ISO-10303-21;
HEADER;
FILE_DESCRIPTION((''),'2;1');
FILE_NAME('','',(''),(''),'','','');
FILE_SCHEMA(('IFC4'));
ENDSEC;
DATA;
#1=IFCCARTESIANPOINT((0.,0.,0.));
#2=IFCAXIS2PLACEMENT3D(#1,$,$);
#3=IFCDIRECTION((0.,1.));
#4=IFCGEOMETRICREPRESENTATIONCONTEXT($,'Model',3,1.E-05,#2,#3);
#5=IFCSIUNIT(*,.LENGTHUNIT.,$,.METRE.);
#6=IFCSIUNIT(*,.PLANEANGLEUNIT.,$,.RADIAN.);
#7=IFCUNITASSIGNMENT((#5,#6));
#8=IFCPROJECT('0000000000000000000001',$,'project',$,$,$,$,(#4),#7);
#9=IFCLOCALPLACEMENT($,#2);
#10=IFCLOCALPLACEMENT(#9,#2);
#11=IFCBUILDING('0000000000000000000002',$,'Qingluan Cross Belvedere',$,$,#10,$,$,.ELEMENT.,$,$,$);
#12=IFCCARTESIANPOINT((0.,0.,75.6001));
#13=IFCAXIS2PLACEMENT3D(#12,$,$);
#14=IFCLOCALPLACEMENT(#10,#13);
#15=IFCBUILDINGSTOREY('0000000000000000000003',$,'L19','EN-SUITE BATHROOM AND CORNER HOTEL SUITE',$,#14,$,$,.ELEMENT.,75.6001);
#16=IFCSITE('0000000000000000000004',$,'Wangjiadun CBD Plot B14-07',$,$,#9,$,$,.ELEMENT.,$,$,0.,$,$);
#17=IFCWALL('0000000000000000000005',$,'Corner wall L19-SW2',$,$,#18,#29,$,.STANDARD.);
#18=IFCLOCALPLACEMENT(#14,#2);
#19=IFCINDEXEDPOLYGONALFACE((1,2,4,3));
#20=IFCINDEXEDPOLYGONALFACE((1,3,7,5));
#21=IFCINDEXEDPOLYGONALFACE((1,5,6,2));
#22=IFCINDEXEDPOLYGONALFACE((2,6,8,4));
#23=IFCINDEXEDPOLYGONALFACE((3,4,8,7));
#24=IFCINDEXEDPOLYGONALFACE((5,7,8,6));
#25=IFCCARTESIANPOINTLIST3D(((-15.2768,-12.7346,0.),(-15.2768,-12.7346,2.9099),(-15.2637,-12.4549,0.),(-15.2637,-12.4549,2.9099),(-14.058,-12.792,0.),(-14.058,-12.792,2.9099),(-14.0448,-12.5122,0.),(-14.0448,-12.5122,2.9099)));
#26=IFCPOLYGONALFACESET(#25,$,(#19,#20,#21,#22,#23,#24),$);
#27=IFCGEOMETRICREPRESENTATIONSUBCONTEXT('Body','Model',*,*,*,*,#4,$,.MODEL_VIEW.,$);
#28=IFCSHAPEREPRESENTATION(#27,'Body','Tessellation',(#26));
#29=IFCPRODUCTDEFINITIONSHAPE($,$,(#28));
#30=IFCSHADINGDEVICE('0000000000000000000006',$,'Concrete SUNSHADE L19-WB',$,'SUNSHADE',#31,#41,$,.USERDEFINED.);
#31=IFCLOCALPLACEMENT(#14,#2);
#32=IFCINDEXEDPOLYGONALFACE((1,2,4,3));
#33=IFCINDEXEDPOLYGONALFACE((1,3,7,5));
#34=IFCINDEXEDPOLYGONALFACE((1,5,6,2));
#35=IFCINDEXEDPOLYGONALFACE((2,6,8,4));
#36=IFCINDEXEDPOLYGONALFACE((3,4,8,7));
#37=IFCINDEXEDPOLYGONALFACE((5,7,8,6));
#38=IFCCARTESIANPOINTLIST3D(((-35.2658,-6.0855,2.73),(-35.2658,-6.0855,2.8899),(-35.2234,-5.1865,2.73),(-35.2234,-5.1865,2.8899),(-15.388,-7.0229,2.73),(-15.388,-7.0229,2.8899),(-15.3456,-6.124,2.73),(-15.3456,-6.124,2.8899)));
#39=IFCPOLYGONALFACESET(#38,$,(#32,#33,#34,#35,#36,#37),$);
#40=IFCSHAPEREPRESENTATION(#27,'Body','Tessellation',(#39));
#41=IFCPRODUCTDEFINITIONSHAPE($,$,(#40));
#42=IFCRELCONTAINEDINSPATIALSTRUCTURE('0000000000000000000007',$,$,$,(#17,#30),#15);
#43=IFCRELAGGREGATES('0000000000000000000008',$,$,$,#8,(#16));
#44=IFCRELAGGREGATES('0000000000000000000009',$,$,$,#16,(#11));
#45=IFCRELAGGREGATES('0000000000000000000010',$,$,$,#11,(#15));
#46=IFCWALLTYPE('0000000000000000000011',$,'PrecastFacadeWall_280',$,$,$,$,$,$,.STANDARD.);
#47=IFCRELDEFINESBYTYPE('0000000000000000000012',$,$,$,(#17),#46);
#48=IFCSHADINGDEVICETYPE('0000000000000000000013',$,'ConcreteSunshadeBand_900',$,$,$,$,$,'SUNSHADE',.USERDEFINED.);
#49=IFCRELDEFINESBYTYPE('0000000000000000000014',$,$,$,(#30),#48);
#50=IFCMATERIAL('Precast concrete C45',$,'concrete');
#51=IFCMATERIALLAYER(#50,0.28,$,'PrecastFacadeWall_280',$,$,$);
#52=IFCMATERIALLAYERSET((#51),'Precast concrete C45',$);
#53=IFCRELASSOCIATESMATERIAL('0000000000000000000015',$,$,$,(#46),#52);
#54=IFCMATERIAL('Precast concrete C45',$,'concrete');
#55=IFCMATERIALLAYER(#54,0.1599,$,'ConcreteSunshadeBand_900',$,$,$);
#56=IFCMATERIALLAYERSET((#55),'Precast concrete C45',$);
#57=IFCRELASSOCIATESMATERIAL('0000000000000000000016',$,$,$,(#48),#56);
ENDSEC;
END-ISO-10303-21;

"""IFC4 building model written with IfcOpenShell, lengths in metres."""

from ifc_helpers import new_model, si_unit, direction, frame, frame_2d, origin, origin_2d, place, context, subcontext, project, spatial, rectangle, extrude, material, layer, layer_set, type_object, element, save


model = new_model("IFC4")

# Units and contexts
model_context = context("Model", 3, precision=1e-05, world=origin(), true_north=direction((0.0, 1.0)))
body_context = subcontext(model_context, "Body", "Model", "MODEL_VIEW")
ifc_project = project(units=[si_unit("LENGTHUNIT", "METRE"), si_unit("PLANEANGLEUNIT", "RADIAN")], contexts=[model_context])

# Site, building, storey
site_placement = place(None, origin())
site = spatial("IfcSite", under=ifc_project, at=site_placement, Name="Wangjiadun CBD Plot B14-07", CompositionType="ELEMENT", RefElevation=0.0)
building_placement = place(site_placement, origin())
building = spatial("IfcBuilding", under=site, at=building_placement, Name="Qingluan Cross Belvedere", CompositionType="ELEMENT")
storey_placement = place(building_placement, frame((0.0, 0.0, 75.6001)))
storey = spatial("IfcBuildingStorey", under=building, at=storey_placement, Name="L19", Description="EN-SUITE BATHROOM AND CORNER HOTEL SUITE", CompositionType="ELEMENT", Elevation=75.6001)

# Shared definitions
ifc_material_1 = material(Name="Precast concrete C45", Category="concrete")
ifc_layer_1 = layer(ifc_material_1, 0.28, Name="PrecastFacadeWall_280")
ifc_layer_set_1 = layer_set([ifc_layer_1], Name="Precast concrete C45")
wall_type_1 = type_object("IfcWallType", Name="PrecastFacadeWall_280", PredefinedType="STANDARD", material=ifc_layer_set_1)

# Wall
wall_1_placement = place(storey_placement, frame((-15.2703, -12.5947, 0.0), z_axis=(0.0, 0.0, 1.0), x_axis=(0.998894, -0.047023, 0.0)))
element("IfcWall", 1, at=wall_1_placement, inside=storey, type_object=wall_type_1, Name="Corner wall L19-SW2", PredefinedType="STANDARD", context=body_context, shape_type="SweptSolid", body=[
    extrude(rectangle(XDim=1.2202, YDim=0.28, at=frame_2d((0.6101, 0.0))), origin(), (0.0, 0.0, 1.0), 2.9099),
])

# Shading device
ifc_material_2 = material(Name="Precast concrete C45", Category="concrete")
ifc_layer_2 = layer(ifc_material_2, 0.1599, Name="ConcreteSunshadeBand_900")
ifc_layer_set_2 = layer_set([ifc_layer_2], Name="Precast concrete C45")
shading_device_type = type_object("IfcShadingDeviceType", Name="ConcreteSunshadeBand_900", ElementType="SUNSHADE", PredefinedType="USERDEFINED", material=ifc_layer_set_2)
shading_device_placement = place(storey_placement, frame((-25.3057, -6.1047, 2.73), z_axis=(0.0, 0.0, 1.0), x_axis=(0.99889, -0.047109, 0.0)))
element("IfcShadingDevice", 2, at=shading_device_placement, inside=storey, type_object=shading_device_type, Name="Concrete SUNSHADE L19-WB", ObjectType="SUNSHADE", PredefinedType="USERDEFINED", context=body_context, shape_type="SweptSolid", body=[
    extrude(rectangle(XDim=19.8999, YDim=0.8999, at=origin_2d()), origin(), (0.0, 0.0, 1.0), 0.1599),
])

save(model, "model.ifc")
